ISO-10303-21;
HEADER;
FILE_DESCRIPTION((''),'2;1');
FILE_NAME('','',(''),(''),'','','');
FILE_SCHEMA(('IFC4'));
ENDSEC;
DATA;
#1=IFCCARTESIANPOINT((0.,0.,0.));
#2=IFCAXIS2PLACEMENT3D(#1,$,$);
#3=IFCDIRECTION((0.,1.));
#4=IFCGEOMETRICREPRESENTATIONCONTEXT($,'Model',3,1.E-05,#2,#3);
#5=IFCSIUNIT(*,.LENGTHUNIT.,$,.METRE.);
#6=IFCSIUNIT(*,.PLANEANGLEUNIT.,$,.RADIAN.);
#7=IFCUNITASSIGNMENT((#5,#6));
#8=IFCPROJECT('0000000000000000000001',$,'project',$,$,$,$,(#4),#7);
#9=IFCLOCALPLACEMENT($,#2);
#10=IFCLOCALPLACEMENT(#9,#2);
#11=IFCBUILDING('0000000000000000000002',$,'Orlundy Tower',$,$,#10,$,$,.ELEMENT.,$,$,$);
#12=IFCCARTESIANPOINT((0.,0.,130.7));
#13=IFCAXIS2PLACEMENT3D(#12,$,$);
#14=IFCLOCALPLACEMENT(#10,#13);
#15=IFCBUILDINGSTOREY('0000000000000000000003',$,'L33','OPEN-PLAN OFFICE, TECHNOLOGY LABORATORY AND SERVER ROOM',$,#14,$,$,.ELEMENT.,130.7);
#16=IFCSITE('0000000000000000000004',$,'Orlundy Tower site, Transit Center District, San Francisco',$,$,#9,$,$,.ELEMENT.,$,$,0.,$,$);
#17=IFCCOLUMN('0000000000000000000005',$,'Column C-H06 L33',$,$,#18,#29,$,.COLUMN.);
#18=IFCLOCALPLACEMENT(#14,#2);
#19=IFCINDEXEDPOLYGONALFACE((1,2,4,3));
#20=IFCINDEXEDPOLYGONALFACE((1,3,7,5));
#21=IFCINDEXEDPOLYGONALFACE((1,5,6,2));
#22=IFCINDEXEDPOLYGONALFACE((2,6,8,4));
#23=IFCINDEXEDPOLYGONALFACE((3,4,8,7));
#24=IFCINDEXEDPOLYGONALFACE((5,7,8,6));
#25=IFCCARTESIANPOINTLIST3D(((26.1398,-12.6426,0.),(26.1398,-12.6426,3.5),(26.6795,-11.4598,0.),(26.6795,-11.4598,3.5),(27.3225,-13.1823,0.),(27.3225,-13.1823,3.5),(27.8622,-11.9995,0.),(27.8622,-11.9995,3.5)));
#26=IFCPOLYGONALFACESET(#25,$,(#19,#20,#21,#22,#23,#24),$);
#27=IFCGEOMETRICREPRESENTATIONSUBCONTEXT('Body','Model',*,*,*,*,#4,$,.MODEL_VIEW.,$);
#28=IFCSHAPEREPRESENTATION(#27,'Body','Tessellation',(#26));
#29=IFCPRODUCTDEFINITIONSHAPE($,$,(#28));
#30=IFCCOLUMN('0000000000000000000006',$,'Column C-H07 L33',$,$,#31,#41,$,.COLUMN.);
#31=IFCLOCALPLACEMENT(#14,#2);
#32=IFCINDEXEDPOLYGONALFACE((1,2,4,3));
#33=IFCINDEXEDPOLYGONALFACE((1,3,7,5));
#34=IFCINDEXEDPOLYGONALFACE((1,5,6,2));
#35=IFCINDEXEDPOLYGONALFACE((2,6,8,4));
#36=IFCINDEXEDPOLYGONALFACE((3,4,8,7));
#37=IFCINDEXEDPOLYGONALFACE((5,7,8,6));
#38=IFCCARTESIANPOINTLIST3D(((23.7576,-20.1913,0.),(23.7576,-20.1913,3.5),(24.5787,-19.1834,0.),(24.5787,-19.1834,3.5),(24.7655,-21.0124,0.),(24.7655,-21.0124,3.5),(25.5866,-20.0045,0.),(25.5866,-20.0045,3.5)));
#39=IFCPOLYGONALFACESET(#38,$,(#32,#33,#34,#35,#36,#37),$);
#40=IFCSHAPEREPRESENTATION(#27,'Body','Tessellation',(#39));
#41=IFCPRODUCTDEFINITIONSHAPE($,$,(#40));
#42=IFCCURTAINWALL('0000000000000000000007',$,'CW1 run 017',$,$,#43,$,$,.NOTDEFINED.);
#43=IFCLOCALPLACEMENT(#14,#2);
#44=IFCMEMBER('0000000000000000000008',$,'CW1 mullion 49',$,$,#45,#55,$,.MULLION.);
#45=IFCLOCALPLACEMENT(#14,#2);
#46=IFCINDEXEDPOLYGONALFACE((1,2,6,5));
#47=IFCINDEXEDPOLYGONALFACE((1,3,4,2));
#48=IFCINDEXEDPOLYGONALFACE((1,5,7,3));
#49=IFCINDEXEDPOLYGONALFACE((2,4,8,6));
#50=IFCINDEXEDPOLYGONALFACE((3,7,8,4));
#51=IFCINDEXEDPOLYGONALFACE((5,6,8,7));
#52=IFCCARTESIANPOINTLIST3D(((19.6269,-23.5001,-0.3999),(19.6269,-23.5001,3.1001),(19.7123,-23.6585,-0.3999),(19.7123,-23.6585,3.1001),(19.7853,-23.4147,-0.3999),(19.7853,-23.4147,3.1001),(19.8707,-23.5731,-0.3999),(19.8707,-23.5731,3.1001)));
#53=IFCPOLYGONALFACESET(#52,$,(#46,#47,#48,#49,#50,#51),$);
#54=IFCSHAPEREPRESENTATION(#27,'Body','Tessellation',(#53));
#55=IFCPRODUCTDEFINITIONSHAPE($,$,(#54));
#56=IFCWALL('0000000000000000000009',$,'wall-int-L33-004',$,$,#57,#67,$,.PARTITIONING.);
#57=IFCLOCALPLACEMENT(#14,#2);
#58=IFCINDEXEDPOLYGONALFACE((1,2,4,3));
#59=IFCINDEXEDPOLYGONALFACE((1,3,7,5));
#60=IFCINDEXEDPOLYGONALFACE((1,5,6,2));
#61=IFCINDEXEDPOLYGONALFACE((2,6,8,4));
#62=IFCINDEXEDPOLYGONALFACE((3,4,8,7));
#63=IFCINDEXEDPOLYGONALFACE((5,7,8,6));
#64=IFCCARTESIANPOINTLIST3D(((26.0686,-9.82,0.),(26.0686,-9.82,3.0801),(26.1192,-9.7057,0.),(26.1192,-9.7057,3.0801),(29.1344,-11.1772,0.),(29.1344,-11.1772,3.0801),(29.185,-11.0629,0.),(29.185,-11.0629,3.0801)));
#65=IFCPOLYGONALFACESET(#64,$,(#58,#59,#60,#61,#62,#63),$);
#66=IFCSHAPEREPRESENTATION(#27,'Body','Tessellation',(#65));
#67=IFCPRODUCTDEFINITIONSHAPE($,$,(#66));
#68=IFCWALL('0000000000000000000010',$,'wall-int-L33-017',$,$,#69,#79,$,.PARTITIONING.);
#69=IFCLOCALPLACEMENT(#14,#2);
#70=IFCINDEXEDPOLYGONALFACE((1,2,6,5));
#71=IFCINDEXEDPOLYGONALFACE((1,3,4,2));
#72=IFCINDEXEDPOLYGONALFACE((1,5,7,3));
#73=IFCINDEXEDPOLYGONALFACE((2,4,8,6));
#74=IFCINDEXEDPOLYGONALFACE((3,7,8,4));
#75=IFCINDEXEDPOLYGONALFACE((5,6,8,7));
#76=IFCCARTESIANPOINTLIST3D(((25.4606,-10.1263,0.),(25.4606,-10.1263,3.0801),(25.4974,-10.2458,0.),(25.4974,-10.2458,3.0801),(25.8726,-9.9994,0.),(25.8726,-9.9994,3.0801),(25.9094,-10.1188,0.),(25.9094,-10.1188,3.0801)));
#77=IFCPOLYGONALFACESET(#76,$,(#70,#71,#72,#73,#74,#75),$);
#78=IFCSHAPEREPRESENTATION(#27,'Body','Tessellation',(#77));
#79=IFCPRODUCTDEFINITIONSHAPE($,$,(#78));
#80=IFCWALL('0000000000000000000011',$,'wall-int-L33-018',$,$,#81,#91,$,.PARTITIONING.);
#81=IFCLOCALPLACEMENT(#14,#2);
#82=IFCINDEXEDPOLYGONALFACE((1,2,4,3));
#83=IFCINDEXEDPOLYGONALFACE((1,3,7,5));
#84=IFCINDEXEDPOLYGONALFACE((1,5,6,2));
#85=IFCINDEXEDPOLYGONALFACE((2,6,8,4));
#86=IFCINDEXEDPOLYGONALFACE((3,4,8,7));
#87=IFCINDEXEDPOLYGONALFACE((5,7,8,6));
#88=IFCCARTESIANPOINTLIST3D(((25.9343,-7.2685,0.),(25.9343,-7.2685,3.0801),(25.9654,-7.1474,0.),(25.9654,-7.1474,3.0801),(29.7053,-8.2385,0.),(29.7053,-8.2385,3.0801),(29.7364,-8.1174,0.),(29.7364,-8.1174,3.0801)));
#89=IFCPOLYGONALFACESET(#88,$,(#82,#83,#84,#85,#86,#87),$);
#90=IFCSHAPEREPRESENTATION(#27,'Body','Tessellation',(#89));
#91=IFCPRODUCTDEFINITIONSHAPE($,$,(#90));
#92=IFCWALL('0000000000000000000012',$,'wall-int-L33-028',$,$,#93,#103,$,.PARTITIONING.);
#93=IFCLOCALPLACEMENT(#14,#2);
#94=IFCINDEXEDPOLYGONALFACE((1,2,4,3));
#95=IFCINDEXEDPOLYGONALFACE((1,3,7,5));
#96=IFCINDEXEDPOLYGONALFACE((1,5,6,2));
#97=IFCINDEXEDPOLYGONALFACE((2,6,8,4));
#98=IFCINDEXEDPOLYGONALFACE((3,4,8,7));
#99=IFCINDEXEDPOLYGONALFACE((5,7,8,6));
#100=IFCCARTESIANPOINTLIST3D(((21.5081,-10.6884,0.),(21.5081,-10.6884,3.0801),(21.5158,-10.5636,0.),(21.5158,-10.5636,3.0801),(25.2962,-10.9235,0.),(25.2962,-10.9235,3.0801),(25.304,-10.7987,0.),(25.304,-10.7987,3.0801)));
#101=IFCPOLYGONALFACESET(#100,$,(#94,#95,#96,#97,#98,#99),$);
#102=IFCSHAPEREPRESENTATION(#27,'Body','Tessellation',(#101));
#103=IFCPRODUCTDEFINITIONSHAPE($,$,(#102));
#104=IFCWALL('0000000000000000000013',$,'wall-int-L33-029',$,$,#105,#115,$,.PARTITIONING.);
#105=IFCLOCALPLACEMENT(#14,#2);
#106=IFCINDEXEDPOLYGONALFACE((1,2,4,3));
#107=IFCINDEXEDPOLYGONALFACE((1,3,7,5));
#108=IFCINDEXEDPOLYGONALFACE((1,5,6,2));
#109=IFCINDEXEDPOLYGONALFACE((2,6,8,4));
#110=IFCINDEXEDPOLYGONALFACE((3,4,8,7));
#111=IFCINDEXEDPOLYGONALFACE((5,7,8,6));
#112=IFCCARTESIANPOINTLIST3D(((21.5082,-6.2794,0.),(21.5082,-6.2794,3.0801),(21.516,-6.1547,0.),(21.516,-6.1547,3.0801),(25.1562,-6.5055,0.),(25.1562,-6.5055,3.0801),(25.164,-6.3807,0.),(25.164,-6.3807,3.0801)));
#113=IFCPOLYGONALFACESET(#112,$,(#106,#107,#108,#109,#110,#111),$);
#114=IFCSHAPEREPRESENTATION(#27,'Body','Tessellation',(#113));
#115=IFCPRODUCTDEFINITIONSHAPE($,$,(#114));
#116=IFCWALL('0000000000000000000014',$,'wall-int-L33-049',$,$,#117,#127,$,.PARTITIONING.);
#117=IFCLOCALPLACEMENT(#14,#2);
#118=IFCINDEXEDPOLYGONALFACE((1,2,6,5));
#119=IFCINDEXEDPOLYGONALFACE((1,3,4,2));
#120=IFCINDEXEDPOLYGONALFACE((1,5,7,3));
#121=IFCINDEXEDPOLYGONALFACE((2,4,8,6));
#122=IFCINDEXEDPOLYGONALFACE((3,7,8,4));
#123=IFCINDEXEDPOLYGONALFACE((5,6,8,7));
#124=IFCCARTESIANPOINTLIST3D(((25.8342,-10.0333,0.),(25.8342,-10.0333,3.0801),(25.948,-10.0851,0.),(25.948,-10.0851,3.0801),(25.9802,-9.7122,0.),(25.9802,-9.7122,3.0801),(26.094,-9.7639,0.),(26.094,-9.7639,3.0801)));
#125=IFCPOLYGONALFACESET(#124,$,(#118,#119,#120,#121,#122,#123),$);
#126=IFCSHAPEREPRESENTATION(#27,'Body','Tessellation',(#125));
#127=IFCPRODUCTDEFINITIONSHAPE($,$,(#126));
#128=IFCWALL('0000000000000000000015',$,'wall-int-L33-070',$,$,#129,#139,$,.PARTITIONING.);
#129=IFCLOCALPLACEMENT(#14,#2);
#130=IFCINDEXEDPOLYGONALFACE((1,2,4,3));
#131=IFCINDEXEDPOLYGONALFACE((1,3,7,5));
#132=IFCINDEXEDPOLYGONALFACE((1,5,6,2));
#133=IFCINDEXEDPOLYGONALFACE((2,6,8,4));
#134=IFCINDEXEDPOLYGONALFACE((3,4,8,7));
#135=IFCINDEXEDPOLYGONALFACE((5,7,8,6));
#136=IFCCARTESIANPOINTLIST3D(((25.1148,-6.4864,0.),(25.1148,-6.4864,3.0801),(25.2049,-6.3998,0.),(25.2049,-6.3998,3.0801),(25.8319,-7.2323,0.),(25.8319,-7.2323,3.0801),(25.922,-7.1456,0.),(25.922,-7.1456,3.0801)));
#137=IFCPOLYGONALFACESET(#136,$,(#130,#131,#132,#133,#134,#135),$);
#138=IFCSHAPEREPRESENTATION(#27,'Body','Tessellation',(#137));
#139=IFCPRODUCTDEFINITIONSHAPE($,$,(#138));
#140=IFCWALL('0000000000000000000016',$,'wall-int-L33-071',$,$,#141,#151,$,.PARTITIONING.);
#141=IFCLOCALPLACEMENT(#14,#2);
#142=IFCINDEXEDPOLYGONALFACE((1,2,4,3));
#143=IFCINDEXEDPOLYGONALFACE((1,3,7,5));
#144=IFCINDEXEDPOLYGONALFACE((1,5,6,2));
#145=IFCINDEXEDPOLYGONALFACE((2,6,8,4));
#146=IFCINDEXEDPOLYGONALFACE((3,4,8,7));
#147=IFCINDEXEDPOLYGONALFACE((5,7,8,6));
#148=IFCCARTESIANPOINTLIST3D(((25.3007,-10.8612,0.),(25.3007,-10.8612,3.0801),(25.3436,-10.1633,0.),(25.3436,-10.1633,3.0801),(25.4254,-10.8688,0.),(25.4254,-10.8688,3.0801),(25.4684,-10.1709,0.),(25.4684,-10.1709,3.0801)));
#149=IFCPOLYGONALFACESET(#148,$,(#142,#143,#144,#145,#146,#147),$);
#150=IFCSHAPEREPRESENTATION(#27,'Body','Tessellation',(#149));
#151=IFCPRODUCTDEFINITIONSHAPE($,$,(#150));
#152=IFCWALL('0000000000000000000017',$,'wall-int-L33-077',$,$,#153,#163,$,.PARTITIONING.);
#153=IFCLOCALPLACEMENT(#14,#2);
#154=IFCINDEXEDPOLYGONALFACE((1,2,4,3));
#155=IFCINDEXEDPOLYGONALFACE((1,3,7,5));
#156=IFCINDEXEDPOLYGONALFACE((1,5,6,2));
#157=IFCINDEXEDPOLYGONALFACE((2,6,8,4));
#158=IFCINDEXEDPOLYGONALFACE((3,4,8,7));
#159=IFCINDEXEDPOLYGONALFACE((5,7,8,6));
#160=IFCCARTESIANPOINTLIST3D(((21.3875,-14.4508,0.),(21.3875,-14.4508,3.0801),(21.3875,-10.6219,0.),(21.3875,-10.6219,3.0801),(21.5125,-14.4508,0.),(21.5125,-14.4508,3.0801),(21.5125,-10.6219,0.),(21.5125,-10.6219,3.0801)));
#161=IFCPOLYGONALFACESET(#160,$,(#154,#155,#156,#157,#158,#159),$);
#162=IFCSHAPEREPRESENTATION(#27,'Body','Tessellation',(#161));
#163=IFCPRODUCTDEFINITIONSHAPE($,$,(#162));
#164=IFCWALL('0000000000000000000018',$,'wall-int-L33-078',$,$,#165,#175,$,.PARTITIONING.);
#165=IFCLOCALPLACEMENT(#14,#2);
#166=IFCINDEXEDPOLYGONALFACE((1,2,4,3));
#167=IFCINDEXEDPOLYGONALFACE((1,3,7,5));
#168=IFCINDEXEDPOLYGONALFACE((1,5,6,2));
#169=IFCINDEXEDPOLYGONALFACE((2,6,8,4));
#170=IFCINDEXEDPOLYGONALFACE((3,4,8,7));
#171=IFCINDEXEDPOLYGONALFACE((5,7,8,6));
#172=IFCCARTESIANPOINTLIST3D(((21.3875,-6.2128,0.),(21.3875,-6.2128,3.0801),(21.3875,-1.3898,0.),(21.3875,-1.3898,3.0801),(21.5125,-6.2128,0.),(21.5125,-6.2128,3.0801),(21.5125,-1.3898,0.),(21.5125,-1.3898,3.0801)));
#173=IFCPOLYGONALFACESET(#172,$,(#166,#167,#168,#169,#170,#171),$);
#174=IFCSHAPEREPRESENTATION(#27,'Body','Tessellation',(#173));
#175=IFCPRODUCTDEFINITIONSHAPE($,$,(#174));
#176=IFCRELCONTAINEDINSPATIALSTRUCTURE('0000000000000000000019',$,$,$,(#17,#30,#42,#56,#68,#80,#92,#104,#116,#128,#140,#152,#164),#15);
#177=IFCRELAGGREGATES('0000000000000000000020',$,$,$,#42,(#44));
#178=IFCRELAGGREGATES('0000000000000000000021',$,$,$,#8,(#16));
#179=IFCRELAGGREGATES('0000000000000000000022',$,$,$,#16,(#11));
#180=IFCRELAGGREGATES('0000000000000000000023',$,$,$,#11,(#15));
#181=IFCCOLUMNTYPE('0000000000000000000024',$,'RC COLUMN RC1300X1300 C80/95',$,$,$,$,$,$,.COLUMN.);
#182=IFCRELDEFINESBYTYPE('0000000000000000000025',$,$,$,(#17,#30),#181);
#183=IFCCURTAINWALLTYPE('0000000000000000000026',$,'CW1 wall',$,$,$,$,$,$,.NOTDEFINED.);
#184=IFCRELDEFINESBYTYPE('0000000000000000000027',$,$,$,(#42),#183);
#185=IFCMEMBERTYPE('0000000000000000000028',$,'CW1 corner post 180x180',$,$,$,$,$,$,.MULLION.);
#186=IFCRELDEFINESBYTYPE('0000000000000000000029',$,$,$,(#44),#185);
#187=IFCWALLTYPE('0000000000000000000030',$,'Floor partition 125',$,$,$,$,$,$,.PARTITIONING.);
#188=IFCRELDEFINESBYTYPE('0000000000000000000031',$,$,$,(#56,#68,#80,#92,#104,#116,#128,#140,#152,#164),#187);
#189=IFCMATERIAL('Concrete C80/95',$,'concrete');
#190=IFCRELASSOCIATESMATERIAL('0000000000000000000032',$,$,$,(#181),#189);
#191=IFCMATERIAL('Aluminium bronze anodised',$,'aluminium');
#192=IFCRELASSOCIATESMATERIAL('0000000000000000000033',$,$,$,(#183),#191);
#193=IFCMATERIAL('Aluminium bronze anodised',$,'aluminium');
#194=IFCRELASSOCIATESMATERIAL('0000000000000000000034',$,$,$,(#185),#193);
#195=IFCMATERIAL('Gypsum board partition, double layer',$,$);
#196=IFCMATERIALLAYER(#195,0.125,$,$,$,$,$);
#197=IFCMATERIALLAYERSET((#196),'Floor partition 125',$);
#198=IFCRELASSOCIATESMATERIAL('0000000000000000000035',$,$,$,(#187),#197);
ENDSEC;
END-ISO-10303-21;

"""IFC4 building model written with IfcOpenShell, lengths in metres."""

from ifc_helpers import new_model, si_unit, direction, frame, frame_2d, origin, origin_2d, place, context, subcontext, project, spatial, rectangle, extrude, material, layer, layer_set, material_profile, profile_set, type_object, element, aggregate, save


model = new_model("IFC4")

# Units and contexts
model_context = context("Model", 3, precision=1e-05, world=origin(), true_north=direction((0.0, 1.0)))
body_context = subcontext(model_context, "Body", "Model", "MODEL_VIEW")
ifc_project = project(units=[si_unit("LENGTHUNIT", "METRE"), si_unit("PLANEANGLEUNIT", "RADIAN")], contexts=[model_context])

# Site, building, storey
site_placement = place(None, origin())
site = spatial("IfcSite", under=ifc_project, at=site_placement, Name="Orlundy Tower site, Transit Center District, San Francisco", CompositionType="ELEMENT", RefElevation=0.0)
building_placement = place(site_placement, origin())
building = spatial("IfcBuilding", under=site, at=building_placement, Name="Orlundy Tower", CompositionType="ELEMENT")
storey_placement = place(building_placement, frame((0.0, 0.0, 130.7)))
storey = spatial("IfcBuildingStorey", under=building, at=storey_placement, Name="L33", Description="OPEN-PLAN OFFICE, TECHNOLOGY LABORATORY AND SERVER ROOM", CompositionType="ELEMENT", Elevation=130.7)

# Columns
ifc_material_1 = material(Name="Concrete C80/95", Category="concrete")
ifc_material_profile_1 = material_profile(ifc_material_1, rectangle(XDim=1.3, YDim=1.3, at=origin_2d()), Name="RC1300X1300")
ifc_profile_set_1 = profile_set([ifc_material_profile_1], Name="Concrete C80/95")
column_type = type_object("IfcColumnType", Name="RC COLUMN RC1300X1300 C80/95", PredefinedType="COLUMN", material=ifc_profile_set_1)
for number, where, z_axis, x_axis, name in (
    (1, (27.001, -12.321, 0.0), (0.0, 0.0, 1.0), (0.909759, -0.415138, 0.0), "Column C-H06 L33"),
    (2, (24.6721, -20.0979, 0.0), (0.0, 0.0, 1.0), (0.775308, -0.631583, 0.0), "Column C-H07 L33"),
):
    element("IfcColumn", number, at=place(storey_placement, frame(where, z_axis=z_axis, x_axis=x_axis)), inside=storey, type_object=column_type, Name=name, PredefinedType="COLUMN", context=body_context, shape_type="SweptSolid", body=[
        extrude(rectangle(XDim=1.3, YDim=1.3, at=origin_2d()), origin(), (0.0, 0.0, 1.0), 3.5),
    ])

# Curtain wall, member
ifc_material_2 = material(Name="Aluminium bronze anodised", Category="aluminium")
curtain_wall_type = type_object("IfcCurtainWallType", Name="CW1 wall", PredefinedType="NOTDEFINED", material=ifc_material_2)
curtain_wall_placement = place(storey_placement, origin())
curtain_wall = element("IfcCurtainWall", 3, at=curtain_wall_placement, inside=storey, type_object=curtain_wall_type, Name="CW1 run 017", PredefinedType="NOTDEFINED")
ifc_material_3 = material(Name="Aluminium bronze anodised", Category="aluminium")
ifc_material_profile_2 = material_profile(ifc_material_3, rectangle(XDim=0.1799, YDim=0.1799, at=origin_2d()), Name="CW1 corner post 180x180")
ifc_profile_set_2 = profile_set([ifc_material_profile_2], Name="Aluminium bronze anodised")
member_type = type_object("IfcMemberType", Name="CW1 corner post 180x180", PredefinedType="MULLION", material=ifc_profile_set_2)
member_placement = place(storey_placement, frame((19.7488, -23.5366, -0.3999), z_axis=(0.0, 0.0, 1.0), x_axis=(0.474616, -0.880193, 0.0)))
member = element("IfcMember", 4, at=member_placement, type_object=member_type, Name="CW1 mullion 49", PredefinedType="MULLION", context=body_context, shape_type="SweptSolid", body=[
    extrude(rectangle(XDim=0.1799, YDim=0.1799, at=origin_2d()), origin(), (0.0, 0.0, 1.0), 3.5),
])
aggregate(curtain_wall, [member])

# Walls
ifc_material_4 = material(Name="Gypsum board partition, double layer")
ifc_layer_1 = layer(ifc_material_4, 0.125)
ifc_layer_set_1 = layer_set([ifc_layer_1], Name="Floor partition 125")
wall_type_1 = type_object("IfcWallType", Name="Floor partition 125", PredefinedType="PARTITIONING", material=ifc_layer_set_1)
wall_1_placement = place(storey_placement, frame((26.094, -9.7629, 0.0), z_axis=(0.0, 0.0, 1.0), x_axis=(0.914414, -0.40478, 0.0)))
element("IfcWall", 5, at=wall_1_placement, inside=storey, type_object=wall_type_1, Name="wall-int-L33-004", PredefinedType="PARTITIONING", context=body_context, shape_type="SweptSolid", body=[
    extrude(rectangle(XDim=3.3528, YDim=0.125, at=frame_2d((1.6763, 0.0))), origin(), (0.0, 0.0, 1.0), 3.0801),
])
wall_2_placement = place(storey_placement, frame((25.479, -10.186, 0.0), z_axis=(0.0, 0.0, 1.0), x_axis=(0.955681, 0.294404, 0.0)))
element("IfcWall", 6, at=wall_2_placement, inside=storey, type_object=wall_type_1, Name="wall-int-L33-017", PredefinedType="PARTITIONING", context=body_context, shape_type="SweptSolid", body=[
    extrude(rectangle(XDim=0.4312, YDim=0.125, at=frame_2d((0.2156, 0.0))), origin(), (0.0, 0.0, 1.0), 3.0801),
])
wall_3_placement = place(storey_placement, frame((25.95, -7.208, 0.0), z_axis=(0.0, 0.0, 1.0), x_axis=(0.968475, -0.24911, 0.0)))
element("IfcWall", 7, at=wall_3_placement, inside=storey, type_object=wall_type_1, Name="wall-int-L33-018", PredefinedType="PARTITIONING", context=body_context, shape_type="SweptSolid", body=[
    extrude(rectangle(XDim=3.8938, YDim=0.125, at=frame_2d((1.9468, 0.0))), origin(), (0.0, 0.0, 1.0), 3.0801),
])
wall_4_placement = place(storey_placement, frame((21.512, -10.626, 0.0), z_axis=(0.0, 0.0, 1.0), x_axis=(0.99808, -0.061946, 0.0)))
element("IfcWall", 8, at=wall_4_placement, inside=storey, type_object=wall_type_1, Name="wall-int-L33-028", PredefinedType="PARTITIONING", context=body_context, shape_type="SweptSolid", body=[
    extrude(rectangle(XDim=3.7954, YDim=0.125, at=frame_2d((1.8977, 0.0))), origin(), (0.0, 0.0, 1.0), 3.0801),
])
wall_5_placement = place(storey_placement, frame((21.512, -6.217, 0.0), z_axis=(0.0, 0.0, 1.0), x_axis=(0.998085, -0.061854, 0.0)))
element("IfcWall", 9, at=wall_5_placement, inside=storey, type_object=wall_type_1, Name="wall-int-L33-029", PredefinedType="PARTITIONING", context=body_context, shape_type="SweptSolid", body=[
    extrude(rectangle(XDim=3.655, YDim=0.125, at=frame_2d((1.8276, 0.0))), origin(), (0.0, 0.0, 1.0), 3.0801),
])
wall_6_placement = place(storey_placement, frame((25.8911, -10.0591, 0.0), z_axis=(0.0, 0.0, 1.0), x_axis=(0.413959, 0.910295, 0.0)))
element("IfcWall", 10, at=wall_6_placement, inside=storey, type_object=wall_type_1, Name="wall-int-L33-049", PredefinedType="PARTITIONING", context=body_context, shape_type="SweptSolid", body=[
    extrude(rectangle(XDim=0.3528, YDim=0.125, at=frame_2d((0.1763, 0.0))), origin(), (0.0, 0.0, 1.0), 3.0801),
])
wall_7_placement = place(storey_placement, frame((25.877, -7.189, 0.0), z_axis=(0.0, 0.0, 1.0), x_axis=(-0.693047, 0.720892, 0.0)))
element("IfcWall", 11, at=wall_7_placement, inside=storey, type_object=wall_type_1, Name="wall-int-L33-070", PredefinedType="PARTITIONING", context=body_context, shape_type="SweptSolid", body=[
    extrude(rectangle(XDim=1.0347, YDim=0.125, at=frame_2d((0.5173, 0.0))), origin(), (0.0, 0.0, 1.0), 3.0801),
])
wall_8_placement = place(storey_placement, frame((25.363, -10.865, 0.0), z_axis=(0.0, 0.0, 1.0), x_axis=(0.061444, 0.998111, 0.0)))
element("IfcWall", 12, at=wall_8_placement, inside=storey, type_object=wall_type_1, Name="wall-int-L33-071", PredefinedType="PARTITIONING", context=body_context, shape_type="SweptSolid", body=[
    extrude(rectangle(XDim=0.6992, YDim=0.125, at=frame_2d((0.3496, 0.0))), origin(), (0.0, 0.0, 1.0), 3.0801),
])
wall_9_placement = place(storey_placement, frame((21.45, -14.4509, 0.0), z_axis=(0.0, 0.0, 1.0), x_axis=(0.0, 1.0, 0.0)))
element("IfcWall", 13, at=wall_9_placement, inside=storey, type_object=wall_type_1, Name="wall-int-L33-077", PredefinedType="PARTITIONING", context=body_context, shape_type="SweptSolid", body=[
    extrude(rectangle(XDim=3.8289, YDim=0.125, at=frame_2d((1.9146, 0.0))), origin(), (0.0, 0.0, 1.0), 3.0801),
])
wall_10_placement = place(storey_placement, frame((21.45, -6.2129, 0.0), z_axis=(0.0, 0.0, 1.0), x_axis=(0.0, 1.0, 0.0)))
element("IfcWall", 14, at=wall_10_placement, inside=storey, type_object=wall_type_1, Name="wall-int-L33-078", PredefinedType="PARTITIONING", context=body_context, shape_type="SweptSolid", body=[
    extrude(rectangle(XDim=4.823, YDim=0.125, at=frame_2d((2.4116, 0.0))), origin(), (0.0, 0.0, 1.0), 3.0801),
])

save(model, "model.ifc")
